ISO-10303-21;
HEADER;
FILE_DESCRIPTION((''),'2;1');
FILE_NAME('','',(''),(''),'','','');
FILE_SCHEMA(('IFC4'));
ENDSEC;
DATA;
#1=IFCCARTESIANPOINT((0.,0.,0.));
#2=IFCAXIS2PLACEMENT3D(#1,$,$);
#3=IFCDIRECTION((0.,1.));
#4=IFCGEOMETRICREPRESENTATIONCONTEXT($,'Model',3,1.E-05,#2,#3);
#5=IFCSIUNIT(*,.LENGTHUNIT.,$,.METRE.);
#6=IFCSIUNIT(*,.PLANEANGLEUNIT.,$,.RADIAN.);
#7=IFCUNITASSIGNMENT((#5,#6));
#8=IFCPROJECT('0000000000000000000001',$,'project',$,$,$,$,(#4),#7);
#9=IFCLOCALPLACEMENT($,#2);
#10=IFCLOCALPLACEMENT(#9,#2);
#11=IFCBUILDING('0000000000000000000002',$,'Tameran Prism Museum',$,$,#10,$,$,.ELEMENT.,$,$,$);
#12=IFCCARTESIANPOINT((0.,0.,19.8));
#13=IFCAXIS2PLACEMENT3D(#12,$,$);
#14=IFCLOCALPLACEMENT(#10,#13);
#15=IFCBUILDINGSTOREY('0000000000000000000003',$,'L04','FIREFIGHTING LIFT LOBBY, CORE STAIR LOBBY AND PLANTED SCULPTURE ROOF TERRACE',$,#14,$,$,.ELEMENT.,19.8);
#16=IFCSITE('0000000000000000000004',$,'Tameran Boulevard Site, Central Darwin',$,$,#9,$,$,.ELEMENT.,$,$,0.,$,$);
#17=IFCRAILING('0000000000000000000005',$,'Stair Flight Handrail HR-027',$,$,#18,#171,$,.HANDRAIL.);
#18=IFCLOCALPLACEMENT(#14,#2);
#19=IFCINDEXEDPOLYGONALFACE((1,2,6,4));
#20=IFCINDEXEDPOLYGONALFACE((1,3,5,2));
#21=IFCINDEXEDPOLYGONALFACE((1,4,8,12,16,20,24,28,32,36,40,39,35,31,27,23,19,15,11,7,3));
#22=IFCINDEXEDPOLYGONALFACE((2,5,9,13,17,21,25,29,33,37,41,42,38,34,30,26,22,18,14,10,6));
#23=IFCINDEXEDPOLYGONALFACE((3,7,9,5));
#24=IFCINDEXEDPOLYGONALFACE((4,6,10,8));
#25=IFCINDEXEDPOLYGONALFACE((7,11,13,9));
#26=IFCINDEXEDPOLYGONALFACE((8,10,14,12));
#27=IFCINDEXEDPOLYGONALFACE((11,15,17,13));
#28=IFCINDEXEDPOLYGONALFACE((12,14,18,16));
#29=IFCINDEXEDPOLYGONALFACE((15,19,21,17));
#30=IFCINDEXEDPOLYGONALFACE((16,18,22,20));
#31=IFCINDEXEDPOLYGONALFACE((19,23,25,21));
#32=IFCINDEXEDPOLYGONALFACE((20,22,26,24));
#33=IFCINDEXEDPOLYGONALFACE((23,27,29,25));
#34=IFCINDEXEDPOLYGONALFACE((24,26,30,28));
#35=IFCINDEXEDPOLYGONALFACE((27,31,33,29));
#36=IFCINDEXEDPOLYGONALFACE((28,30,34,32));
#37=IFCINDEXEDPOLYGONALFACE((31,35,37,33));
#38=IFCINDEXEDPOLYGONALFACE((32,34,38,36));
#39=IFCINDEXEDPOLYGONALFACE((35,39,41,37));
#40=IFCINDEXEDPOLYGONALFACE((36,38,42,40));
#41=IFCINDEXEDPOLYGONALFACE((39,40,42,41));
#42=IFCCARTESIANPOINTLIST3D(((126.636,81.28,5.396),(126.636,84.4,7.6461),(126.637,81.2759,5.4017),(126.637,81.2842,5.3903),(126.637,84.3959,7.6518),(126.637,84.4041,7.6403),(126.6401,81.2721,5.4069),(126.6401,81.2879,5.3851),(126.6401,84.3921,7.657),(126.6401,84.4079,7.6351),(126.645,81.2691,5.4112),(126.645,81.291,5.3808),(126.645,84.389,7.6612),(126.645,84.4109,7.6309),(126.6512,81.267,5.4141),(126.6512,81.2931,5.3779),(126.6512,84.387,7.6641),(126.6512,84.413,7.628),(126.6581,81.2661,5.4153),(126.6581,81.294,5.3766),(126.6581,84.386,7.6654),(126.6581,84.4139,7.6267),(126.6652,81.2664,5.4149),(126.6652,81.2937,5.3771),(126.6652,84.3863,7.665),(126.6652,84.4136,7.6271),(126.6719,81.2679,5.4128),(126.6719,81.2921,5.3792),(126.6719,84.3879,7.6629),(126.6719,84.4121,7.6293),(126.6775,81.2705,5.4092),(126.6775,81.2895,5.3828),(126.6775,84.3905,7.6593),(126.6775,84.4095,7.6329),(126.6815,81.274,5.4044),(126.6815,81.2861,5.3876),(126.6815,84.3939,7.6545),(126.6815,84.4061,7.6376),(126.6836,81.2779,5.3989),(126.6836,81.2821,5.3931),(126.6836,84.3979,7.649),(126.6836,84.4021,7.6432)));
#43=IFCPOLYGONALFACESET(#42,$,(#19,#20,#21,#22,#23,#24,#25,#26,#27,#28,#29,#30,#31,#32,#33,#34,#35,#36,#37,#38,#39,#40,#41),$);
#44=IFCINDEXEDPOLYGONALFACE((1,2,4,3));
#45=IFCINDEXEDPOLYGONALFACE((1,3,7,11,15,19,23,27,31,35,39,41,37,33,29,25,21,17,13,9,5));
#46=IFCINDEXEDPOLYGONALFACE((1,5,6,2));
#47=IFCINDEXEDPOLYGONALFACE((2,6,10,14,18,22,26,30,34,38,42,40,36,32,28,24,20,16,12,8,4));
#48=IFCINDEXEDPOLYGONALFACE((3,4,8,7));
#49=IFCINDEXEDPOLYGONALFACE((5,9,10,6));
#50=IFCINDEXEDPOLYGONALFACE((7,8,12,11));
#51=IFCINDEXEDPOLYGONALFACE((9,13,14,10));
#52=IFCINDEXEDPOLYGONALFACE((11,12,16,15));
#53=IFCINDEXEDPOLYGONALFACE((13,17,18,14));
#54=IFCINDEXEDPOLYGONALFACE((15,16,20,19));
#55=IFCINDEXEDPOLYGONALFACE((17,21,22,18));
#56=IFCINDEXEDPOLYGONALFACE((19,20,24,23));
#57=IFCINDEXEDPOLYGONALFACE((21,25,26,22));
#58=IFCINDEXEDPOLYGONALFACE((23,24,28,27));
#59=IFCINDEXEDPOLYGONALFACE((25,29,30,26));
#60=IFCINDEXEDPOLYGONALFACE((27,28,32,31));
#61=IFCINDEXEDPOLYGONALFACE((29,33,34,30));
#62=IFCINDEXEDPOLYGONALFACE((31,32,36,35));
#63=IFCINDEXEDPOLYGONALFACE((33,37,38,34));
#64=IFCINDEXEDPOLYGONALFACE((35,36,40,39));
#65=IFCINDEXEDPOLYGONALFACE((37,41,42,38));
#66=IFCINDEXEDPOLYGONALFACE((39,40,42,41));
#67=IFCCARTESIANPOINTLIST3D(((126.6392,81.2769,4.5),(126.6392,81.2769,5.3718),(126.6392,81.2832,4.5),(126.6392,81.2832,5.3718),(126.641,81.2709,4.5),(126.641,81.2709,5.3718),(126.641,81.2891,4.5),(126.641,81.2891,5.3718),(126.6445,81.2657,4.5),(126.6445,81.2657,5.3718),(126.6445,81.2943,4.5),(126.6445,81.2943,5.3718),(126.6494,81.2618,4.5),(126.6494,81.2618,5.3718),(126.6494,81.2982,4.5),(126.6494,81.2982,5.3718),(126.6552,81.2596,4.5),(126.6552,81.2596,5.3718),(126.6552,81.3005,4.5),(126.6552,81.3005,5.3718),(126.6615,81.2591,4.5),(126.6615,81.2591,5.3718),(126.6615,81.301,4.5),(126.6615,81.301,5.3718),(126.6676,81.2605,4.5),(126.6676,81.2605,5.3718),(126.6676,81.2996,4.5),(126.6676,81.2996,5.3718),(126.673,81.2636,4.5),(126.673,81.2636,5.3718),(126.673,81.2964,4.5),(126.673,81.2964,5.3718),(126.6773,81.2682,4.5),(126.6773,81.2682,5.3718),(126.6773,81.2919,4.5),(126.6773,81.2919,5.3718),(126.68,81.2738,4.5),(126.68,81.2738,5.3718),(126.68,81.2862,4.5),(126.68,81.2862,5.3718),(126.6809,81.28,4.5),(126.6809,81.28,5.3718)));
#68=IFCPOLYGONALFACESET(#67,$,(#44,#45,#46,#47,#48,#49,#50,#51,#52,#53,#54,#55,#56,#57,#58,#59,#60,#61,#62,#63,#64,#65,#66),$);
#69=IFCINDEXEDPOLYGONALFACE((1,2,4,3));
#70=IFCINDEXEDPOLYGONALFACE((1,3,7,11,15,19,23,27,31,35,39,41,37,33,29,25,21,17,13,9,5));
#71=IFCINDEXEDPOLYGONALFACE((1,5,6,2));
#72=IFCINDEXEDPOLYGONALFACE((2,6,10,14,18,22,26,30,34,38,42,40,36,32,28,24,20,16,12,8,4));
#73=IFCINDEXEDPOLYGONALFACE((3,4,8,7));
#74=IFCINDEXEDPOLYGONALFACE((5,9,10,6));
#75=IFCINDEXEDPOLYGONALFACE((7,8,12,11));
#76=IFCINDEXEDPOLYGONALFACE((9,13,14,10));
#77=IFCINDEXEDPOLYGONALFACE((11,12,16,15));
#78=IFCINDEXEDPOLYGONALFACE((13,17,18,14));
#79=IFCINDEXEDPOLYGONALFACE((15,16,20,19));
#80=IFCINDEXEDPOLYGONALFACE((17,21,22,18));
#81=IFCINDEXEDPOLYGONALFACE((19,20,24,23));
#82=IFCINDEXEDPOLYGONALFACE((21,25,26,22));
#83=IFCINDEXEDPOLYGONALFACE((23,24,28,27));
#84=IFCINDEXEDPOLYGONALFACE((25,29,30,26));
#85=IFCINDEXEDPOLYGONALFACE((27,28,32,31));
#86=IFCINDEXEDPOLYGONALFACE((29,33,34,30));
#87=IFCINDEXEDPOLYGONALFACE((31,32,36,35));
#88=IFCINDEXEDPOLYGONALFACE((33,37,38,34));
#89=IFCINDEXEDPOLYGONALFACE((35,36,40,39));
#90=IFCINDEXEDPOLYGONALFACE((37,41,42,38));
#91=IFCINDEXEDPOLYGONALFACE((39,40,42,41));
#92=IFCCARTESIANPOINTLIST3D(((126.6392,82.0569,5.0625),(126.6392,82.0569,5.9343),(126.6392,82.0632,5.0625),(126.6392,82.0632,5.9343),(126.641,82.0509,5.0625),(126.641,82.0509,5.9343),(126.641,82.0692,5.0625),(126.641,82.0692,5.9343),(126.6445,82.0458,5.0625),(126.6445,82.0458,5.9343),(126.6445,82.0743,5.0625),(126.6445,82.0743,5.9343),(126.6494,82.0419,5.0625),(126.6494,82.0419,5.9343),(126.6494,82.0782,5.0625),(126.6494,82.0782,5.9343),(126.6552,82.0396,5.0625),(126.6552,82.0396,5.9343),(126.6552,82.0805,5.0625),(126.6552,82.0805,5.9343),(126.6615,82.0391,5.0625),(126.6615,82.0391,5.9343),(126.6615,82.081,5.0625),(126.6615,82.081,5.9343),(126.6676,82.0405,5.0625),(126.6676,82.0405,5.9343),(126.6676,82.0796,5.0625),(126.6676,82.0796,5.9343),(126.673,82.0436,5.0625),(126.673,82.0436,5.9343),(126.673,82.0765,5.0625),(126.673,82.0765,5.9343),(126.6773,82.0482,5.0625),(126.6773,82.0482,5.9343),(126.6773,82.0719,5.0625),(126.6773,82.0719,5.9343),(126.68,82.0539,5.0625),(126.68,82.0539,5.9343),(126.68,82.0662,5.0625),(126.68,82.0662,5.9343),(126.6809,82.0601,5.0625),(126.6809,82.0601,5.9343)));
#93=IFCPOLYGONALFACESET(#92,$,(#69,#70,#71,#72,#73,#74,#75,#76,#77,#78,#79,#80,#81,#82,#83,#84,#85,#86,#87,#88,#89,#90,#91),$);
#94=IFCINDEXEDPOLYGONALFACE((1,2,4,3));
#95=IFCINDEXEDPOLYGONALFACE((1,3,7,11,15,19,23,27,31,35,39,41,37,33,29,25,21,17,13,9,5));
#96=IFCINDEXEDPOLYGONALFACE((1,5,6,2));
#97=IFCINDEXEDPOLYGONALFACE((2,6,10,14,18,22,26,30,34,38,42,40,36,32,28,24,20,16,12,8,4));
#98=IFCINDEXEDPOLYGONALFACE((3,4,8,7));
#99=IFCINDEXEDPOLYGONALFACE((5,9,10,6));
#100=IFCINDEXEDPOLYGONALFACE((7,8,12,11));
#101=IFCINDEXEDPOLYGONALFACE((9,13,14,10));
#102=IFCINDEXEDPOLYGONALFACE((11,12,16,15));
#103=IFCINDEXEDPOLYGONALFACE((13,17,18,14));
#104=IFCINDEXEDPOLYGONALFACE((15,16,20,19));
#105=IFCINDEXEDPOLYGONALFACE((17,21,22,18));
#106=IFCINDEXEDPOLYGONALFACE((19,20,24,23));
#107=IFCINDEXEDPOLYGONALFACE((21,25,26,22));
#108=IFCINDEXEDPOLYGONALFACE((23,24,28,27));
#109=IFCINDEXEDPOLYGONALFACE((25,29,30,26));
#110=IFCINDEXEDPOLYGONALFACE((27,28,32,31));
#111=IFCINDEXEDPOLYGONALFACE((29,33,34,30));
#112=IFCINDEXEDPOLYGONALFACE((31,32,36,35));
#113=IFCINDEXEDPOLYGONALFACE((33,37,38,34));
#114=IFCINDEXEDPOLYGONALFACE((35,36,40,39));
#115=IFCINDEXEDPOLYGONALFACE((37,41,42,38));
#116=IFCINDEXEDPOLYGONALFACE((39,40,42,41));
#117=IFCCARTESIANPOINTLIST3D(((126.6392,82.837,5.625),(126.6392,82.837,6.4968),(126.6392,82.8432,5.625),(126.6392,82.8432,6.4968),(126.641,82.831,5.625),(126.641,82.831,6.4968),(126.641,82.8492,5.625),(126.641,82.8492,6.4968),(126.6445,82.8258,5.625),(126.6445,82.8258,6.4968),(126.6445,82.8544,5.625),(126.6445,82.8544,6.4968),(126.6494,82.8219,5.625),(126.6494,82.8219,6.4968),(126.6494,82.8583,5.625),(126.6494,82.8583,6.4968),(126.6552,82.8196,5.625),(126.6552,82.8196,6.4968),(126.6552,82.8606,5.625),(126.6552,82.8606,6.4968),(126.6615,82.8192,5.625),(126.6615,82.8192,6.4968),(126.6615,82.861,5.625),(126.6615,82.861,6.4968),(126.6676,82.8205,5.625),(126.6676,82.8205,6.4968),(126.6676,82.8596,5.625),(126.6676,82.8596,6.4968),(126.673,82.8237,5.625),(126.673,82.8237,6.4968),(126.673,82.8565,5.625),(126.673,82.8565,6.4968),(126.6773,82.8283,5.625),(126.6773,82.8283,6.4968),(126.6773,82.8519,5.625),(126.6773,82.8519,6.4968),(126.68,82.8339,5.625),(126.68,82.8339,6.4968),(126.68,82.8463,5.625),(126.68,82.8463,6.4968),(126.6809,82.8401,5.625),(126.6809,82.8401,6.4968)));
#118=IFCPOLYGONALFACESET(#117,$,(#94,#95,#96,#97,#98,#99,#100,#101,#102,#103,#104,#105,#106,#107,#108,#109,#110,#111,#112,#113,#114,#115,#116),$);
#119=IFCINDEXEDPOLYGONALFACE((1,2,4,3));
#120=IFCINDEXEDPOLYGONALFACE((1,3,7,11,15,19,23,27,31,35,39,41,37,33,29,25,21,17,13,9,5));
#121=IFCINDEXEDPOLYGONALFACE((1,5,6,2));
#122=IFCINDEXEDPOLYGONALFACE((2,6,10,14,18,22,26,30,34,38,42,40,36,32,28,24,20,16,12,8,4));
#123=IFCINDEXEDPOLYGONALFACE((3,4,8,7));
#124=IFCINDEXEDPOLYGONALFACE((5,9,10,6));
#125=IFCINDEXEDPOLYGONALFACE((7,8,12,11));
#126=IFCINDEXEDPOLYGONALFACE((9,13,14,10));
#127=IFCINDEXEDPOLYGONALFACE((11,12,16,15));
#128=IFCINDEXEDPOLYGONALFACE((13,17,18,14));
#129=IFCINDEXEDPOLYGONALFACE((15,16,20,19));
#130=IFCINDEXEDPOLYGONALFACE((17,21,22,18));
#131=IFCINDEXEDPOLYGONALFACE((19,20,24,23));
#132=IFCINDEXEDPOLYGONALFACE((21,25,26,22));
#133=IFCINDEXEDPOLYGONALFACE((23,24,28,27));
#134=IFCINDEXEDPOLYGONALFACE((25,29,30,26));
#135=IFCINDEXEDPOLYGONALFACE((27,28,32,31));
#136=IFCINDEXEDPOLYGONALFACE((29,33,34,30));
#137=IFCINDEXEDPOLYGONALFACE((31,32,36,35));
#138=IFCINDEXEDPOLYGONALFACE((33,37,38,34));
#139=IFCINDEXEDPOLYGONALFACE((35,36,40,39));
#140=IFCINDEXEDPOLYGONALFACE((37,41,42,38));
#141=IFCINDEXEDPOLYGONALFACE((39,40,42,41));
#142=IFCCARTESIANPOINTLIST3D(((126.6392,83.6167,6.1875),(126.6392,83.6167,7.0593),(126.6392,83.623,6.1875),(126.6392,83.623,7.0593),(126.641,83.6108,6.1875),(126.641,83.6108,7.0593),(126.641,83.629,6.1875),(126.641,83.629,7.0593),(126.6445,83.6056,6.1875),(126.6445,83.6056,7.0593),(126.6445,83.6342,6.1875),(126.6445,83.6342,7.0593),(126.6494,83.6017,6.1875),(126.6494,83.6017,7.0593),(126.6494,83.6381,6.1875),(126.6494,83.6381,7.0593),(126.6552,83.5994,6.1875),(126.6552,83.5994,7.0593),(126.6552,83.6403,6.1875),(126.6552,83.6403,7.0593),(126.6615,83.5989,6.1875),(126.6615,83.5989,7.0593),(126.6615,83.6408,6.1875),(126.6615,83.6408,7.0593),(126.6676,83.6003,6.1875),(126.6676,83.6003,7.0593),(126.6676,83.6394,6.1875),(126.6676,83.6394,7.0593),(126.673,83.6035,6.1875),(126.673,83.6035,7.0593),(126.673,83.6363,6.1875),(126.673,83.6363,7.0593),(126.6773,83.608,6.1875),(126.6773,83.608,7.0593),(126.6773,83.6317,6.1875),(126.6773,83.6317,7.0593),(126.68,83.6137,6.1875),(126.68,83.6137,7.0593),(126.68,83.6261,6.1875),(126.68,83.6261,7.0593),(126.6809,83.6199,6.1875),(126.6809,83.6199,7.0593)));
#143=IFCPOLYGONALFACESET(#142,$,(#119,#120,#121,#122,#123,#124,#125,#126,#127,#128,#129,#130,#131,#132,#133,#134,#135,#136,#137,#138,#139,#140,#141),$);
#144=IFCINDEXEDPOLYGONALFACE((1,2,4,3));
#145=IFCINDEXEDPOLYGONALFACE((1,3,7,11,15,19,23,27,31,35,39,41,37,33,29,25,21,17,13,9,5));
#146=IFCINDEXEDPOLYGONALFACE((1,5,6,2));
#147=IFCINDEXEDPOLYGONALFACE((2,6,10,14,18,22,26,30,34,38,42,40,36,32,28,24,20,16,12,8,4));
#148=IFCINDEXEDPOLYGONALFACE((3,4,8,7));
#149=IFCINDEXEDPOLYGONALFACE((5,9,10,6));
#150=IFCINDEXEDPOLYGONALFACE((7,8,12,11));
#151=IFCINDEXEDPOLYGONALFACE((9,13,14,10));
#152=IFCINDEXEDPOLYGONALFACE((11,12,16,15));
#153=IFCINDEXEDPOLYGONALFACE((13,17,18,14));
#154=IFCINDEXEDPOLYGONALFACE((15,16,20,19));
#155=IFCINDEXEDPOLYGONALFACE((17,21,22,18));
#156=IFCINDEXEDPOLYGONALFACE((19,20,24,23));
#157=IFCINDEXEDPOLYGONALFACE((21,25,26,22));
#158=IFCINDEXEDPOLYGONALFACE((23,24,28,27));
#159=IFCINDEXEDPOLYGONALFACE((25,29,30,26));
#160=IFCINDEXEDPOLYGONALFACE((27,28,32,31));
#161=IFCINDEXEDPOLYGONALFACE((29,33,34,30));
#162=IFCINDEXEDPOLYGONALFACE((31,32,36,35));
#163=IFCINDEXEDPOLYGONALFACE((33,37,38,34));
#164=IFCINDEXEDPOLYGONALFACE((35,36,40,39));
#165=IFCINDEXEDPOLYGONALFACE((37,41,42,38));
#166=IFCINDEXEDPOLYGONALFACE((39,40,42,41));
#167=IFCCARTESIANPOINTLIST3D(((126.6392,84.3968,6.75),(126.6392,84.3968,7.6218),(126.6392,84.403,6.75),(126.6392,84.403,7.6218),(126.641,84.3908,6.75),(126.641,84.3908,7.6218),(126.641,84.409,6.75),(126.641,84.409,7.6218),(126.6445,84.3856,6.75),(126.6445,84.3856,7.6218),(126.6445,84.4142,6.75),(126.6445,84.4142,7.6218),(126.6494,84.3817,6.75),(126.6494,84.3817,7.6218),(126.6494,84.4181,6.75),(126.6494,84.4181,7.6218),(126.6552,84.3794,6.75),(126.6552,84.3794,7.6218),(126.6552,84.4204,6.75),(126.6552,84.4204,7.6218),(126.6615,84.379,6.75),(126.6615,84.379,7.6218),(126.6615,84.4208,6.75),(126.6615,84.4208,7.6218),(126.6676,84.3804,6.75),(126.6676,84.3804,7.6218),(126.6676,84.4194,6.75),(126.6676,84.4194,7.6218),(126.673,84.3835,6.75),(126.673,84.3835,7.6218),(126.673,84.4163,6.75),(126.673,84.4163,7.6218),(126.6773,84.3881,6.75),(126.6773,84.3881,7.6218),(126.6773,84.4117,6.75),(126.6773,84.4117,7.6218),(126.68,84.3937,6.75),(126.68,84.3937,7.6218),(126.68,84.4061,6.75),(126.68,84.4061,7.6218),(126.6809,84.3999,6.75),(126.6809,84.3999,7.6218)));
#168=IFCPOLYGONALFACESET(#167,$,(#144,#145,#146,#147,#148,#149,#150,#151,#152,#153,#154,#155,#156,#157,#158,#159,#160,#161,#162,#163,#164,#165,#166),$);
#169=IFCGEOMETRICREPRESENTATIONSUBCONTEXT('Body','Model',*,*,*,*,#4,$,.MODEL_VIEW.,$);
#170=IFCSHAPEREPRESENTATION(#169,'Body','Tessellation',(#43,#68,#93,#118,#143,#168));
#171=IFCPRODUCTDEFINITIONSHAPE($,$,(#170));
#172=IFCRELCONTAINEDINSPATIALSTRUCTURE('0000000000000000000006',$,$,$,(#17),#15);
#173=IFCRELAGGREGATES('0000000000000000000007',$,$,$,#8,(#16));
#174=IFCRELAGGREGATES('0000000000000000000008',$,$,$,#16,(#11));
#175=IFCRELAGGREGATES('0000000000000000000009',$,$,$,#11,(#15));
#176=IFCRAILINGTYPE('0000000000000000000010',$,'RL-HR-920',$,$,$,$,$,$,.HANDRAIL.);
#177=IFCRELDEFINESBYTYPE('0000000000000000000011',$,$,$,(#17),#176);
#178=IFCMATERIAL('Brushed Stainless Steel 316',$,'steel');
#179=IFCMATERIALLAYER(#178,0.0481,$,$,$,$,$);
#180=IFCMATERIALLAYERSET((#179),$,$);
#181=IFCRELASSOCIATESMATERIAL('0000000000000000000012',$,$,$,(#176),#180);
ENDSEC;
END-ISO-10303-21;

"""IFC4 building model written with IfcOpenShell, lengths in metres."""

from ifc_helpers import new_model, si_unit, direction, frame, origin, origin_2d, place, context, subcontext, project, spatial, circle, extrude, material, layer, layer_set, type_object, element, save


model = new_model("IFC4")

# Units and contexts
model_context = context("Model", 3, precision=1e-05, world=origin(), true_north=direction((0.0, 1.0)))
body_context = subcontext(model_context, "Body", "Model", "MODEL_VIEW")
ifc_project = project(units=[si_unit("LENGTHUNIT", "METRE"), si_unit("PLANEANGLEUNIT", "RADIAN")], contexts=[model_context])

# Site, building, storey
site_placement = place(None, origin())
site = spatial("IfcSite", under=ifc_project, at=site_placement, Name="Tameran Boulevard Site, Central Darwin", CompositionType="ELEMENT", RefElevation=0.0)
building_placement = place(site_placement, origin())
building = spatial("IfcBuilding", under=site, at=building_placement, Name="Tameran Prism Museum", CompositionType="ELEMENT")
storey_placement = place(building_placement, frame((0.0, 0.0, 19.8)))
storey = spatial("IfcBuildingStorey", under=building, at=storey_placement, Name="L04", Description="FIREFIGHTING LIFT LOBBY, CORE STAIR LOBBY AND PLANTED SCULPTURE ROOF TERRACE", CompositionType="ELEMENT", Elevation=19.8)

# Railing
ifc_material_1 = material(Name="Brushed Stainless Steel 316", Category="steel")
ifc_layer_1 = layer(ifc_material_1, 0.0481)
ifc_layer_set_1 = layer_set([ifc_layer_1])
railing_type_1 = type_object("IfcRailingType", Name="RL-HR-920", PredefinedType="HANDRAIL", material=ifc_layer_set_1)
for number, where, name in (
    (1, (126.6599, 81.28, 4.5), "Stair Flight Handrail HR-027"),
):
    element("IfcRailing", number, at=place(storey_placement, frame(where)), inside=storey, type_object=railing_type_1, Name=name, PredefinedType="HANDRAIL", context=body_context, shape_type="SweptSolid", body=[
        extrude(circle(Radius=0.0239, at=origin_2d()), frame((0.0, 0.0, 0.896), z_axis=(0.0, 0.811079, 0.584937), x_axis=(-1.0, 0.0, 0.0)), (0.0, 0.0, 1.0), 3.8467),
        extrude(circle(Radius=0.021, at=origin_2d()), origin(), (0.0, 0.0, 1.0), 0.8718),
        extrude(circle(Radius=0.021, at=origin_2d()), frame((0.0, 0.78, 0.5625)), (0.0, 0.0, 1.0), 0.8718),
        extrude(circle(Radius=0.021, at=origin_2d()), frame((0.0, 1.5601, 1.125)), (0.0, 0.0, 1.0), 0.8718),
        extrude(circle(Radius=0.021, at=origin_2d()), frame((0.0, 2.3398, 1.6875)), (0.0, 0.0, 1.0), 0.8718),
        extrude(circle(Radius=0.021, at=origin_2d()), frame((0.0, 3.1199, 2.25)), (0.0, 0.0, 1.0), 0.8718),
    ])

save(model, "model.ifc")
